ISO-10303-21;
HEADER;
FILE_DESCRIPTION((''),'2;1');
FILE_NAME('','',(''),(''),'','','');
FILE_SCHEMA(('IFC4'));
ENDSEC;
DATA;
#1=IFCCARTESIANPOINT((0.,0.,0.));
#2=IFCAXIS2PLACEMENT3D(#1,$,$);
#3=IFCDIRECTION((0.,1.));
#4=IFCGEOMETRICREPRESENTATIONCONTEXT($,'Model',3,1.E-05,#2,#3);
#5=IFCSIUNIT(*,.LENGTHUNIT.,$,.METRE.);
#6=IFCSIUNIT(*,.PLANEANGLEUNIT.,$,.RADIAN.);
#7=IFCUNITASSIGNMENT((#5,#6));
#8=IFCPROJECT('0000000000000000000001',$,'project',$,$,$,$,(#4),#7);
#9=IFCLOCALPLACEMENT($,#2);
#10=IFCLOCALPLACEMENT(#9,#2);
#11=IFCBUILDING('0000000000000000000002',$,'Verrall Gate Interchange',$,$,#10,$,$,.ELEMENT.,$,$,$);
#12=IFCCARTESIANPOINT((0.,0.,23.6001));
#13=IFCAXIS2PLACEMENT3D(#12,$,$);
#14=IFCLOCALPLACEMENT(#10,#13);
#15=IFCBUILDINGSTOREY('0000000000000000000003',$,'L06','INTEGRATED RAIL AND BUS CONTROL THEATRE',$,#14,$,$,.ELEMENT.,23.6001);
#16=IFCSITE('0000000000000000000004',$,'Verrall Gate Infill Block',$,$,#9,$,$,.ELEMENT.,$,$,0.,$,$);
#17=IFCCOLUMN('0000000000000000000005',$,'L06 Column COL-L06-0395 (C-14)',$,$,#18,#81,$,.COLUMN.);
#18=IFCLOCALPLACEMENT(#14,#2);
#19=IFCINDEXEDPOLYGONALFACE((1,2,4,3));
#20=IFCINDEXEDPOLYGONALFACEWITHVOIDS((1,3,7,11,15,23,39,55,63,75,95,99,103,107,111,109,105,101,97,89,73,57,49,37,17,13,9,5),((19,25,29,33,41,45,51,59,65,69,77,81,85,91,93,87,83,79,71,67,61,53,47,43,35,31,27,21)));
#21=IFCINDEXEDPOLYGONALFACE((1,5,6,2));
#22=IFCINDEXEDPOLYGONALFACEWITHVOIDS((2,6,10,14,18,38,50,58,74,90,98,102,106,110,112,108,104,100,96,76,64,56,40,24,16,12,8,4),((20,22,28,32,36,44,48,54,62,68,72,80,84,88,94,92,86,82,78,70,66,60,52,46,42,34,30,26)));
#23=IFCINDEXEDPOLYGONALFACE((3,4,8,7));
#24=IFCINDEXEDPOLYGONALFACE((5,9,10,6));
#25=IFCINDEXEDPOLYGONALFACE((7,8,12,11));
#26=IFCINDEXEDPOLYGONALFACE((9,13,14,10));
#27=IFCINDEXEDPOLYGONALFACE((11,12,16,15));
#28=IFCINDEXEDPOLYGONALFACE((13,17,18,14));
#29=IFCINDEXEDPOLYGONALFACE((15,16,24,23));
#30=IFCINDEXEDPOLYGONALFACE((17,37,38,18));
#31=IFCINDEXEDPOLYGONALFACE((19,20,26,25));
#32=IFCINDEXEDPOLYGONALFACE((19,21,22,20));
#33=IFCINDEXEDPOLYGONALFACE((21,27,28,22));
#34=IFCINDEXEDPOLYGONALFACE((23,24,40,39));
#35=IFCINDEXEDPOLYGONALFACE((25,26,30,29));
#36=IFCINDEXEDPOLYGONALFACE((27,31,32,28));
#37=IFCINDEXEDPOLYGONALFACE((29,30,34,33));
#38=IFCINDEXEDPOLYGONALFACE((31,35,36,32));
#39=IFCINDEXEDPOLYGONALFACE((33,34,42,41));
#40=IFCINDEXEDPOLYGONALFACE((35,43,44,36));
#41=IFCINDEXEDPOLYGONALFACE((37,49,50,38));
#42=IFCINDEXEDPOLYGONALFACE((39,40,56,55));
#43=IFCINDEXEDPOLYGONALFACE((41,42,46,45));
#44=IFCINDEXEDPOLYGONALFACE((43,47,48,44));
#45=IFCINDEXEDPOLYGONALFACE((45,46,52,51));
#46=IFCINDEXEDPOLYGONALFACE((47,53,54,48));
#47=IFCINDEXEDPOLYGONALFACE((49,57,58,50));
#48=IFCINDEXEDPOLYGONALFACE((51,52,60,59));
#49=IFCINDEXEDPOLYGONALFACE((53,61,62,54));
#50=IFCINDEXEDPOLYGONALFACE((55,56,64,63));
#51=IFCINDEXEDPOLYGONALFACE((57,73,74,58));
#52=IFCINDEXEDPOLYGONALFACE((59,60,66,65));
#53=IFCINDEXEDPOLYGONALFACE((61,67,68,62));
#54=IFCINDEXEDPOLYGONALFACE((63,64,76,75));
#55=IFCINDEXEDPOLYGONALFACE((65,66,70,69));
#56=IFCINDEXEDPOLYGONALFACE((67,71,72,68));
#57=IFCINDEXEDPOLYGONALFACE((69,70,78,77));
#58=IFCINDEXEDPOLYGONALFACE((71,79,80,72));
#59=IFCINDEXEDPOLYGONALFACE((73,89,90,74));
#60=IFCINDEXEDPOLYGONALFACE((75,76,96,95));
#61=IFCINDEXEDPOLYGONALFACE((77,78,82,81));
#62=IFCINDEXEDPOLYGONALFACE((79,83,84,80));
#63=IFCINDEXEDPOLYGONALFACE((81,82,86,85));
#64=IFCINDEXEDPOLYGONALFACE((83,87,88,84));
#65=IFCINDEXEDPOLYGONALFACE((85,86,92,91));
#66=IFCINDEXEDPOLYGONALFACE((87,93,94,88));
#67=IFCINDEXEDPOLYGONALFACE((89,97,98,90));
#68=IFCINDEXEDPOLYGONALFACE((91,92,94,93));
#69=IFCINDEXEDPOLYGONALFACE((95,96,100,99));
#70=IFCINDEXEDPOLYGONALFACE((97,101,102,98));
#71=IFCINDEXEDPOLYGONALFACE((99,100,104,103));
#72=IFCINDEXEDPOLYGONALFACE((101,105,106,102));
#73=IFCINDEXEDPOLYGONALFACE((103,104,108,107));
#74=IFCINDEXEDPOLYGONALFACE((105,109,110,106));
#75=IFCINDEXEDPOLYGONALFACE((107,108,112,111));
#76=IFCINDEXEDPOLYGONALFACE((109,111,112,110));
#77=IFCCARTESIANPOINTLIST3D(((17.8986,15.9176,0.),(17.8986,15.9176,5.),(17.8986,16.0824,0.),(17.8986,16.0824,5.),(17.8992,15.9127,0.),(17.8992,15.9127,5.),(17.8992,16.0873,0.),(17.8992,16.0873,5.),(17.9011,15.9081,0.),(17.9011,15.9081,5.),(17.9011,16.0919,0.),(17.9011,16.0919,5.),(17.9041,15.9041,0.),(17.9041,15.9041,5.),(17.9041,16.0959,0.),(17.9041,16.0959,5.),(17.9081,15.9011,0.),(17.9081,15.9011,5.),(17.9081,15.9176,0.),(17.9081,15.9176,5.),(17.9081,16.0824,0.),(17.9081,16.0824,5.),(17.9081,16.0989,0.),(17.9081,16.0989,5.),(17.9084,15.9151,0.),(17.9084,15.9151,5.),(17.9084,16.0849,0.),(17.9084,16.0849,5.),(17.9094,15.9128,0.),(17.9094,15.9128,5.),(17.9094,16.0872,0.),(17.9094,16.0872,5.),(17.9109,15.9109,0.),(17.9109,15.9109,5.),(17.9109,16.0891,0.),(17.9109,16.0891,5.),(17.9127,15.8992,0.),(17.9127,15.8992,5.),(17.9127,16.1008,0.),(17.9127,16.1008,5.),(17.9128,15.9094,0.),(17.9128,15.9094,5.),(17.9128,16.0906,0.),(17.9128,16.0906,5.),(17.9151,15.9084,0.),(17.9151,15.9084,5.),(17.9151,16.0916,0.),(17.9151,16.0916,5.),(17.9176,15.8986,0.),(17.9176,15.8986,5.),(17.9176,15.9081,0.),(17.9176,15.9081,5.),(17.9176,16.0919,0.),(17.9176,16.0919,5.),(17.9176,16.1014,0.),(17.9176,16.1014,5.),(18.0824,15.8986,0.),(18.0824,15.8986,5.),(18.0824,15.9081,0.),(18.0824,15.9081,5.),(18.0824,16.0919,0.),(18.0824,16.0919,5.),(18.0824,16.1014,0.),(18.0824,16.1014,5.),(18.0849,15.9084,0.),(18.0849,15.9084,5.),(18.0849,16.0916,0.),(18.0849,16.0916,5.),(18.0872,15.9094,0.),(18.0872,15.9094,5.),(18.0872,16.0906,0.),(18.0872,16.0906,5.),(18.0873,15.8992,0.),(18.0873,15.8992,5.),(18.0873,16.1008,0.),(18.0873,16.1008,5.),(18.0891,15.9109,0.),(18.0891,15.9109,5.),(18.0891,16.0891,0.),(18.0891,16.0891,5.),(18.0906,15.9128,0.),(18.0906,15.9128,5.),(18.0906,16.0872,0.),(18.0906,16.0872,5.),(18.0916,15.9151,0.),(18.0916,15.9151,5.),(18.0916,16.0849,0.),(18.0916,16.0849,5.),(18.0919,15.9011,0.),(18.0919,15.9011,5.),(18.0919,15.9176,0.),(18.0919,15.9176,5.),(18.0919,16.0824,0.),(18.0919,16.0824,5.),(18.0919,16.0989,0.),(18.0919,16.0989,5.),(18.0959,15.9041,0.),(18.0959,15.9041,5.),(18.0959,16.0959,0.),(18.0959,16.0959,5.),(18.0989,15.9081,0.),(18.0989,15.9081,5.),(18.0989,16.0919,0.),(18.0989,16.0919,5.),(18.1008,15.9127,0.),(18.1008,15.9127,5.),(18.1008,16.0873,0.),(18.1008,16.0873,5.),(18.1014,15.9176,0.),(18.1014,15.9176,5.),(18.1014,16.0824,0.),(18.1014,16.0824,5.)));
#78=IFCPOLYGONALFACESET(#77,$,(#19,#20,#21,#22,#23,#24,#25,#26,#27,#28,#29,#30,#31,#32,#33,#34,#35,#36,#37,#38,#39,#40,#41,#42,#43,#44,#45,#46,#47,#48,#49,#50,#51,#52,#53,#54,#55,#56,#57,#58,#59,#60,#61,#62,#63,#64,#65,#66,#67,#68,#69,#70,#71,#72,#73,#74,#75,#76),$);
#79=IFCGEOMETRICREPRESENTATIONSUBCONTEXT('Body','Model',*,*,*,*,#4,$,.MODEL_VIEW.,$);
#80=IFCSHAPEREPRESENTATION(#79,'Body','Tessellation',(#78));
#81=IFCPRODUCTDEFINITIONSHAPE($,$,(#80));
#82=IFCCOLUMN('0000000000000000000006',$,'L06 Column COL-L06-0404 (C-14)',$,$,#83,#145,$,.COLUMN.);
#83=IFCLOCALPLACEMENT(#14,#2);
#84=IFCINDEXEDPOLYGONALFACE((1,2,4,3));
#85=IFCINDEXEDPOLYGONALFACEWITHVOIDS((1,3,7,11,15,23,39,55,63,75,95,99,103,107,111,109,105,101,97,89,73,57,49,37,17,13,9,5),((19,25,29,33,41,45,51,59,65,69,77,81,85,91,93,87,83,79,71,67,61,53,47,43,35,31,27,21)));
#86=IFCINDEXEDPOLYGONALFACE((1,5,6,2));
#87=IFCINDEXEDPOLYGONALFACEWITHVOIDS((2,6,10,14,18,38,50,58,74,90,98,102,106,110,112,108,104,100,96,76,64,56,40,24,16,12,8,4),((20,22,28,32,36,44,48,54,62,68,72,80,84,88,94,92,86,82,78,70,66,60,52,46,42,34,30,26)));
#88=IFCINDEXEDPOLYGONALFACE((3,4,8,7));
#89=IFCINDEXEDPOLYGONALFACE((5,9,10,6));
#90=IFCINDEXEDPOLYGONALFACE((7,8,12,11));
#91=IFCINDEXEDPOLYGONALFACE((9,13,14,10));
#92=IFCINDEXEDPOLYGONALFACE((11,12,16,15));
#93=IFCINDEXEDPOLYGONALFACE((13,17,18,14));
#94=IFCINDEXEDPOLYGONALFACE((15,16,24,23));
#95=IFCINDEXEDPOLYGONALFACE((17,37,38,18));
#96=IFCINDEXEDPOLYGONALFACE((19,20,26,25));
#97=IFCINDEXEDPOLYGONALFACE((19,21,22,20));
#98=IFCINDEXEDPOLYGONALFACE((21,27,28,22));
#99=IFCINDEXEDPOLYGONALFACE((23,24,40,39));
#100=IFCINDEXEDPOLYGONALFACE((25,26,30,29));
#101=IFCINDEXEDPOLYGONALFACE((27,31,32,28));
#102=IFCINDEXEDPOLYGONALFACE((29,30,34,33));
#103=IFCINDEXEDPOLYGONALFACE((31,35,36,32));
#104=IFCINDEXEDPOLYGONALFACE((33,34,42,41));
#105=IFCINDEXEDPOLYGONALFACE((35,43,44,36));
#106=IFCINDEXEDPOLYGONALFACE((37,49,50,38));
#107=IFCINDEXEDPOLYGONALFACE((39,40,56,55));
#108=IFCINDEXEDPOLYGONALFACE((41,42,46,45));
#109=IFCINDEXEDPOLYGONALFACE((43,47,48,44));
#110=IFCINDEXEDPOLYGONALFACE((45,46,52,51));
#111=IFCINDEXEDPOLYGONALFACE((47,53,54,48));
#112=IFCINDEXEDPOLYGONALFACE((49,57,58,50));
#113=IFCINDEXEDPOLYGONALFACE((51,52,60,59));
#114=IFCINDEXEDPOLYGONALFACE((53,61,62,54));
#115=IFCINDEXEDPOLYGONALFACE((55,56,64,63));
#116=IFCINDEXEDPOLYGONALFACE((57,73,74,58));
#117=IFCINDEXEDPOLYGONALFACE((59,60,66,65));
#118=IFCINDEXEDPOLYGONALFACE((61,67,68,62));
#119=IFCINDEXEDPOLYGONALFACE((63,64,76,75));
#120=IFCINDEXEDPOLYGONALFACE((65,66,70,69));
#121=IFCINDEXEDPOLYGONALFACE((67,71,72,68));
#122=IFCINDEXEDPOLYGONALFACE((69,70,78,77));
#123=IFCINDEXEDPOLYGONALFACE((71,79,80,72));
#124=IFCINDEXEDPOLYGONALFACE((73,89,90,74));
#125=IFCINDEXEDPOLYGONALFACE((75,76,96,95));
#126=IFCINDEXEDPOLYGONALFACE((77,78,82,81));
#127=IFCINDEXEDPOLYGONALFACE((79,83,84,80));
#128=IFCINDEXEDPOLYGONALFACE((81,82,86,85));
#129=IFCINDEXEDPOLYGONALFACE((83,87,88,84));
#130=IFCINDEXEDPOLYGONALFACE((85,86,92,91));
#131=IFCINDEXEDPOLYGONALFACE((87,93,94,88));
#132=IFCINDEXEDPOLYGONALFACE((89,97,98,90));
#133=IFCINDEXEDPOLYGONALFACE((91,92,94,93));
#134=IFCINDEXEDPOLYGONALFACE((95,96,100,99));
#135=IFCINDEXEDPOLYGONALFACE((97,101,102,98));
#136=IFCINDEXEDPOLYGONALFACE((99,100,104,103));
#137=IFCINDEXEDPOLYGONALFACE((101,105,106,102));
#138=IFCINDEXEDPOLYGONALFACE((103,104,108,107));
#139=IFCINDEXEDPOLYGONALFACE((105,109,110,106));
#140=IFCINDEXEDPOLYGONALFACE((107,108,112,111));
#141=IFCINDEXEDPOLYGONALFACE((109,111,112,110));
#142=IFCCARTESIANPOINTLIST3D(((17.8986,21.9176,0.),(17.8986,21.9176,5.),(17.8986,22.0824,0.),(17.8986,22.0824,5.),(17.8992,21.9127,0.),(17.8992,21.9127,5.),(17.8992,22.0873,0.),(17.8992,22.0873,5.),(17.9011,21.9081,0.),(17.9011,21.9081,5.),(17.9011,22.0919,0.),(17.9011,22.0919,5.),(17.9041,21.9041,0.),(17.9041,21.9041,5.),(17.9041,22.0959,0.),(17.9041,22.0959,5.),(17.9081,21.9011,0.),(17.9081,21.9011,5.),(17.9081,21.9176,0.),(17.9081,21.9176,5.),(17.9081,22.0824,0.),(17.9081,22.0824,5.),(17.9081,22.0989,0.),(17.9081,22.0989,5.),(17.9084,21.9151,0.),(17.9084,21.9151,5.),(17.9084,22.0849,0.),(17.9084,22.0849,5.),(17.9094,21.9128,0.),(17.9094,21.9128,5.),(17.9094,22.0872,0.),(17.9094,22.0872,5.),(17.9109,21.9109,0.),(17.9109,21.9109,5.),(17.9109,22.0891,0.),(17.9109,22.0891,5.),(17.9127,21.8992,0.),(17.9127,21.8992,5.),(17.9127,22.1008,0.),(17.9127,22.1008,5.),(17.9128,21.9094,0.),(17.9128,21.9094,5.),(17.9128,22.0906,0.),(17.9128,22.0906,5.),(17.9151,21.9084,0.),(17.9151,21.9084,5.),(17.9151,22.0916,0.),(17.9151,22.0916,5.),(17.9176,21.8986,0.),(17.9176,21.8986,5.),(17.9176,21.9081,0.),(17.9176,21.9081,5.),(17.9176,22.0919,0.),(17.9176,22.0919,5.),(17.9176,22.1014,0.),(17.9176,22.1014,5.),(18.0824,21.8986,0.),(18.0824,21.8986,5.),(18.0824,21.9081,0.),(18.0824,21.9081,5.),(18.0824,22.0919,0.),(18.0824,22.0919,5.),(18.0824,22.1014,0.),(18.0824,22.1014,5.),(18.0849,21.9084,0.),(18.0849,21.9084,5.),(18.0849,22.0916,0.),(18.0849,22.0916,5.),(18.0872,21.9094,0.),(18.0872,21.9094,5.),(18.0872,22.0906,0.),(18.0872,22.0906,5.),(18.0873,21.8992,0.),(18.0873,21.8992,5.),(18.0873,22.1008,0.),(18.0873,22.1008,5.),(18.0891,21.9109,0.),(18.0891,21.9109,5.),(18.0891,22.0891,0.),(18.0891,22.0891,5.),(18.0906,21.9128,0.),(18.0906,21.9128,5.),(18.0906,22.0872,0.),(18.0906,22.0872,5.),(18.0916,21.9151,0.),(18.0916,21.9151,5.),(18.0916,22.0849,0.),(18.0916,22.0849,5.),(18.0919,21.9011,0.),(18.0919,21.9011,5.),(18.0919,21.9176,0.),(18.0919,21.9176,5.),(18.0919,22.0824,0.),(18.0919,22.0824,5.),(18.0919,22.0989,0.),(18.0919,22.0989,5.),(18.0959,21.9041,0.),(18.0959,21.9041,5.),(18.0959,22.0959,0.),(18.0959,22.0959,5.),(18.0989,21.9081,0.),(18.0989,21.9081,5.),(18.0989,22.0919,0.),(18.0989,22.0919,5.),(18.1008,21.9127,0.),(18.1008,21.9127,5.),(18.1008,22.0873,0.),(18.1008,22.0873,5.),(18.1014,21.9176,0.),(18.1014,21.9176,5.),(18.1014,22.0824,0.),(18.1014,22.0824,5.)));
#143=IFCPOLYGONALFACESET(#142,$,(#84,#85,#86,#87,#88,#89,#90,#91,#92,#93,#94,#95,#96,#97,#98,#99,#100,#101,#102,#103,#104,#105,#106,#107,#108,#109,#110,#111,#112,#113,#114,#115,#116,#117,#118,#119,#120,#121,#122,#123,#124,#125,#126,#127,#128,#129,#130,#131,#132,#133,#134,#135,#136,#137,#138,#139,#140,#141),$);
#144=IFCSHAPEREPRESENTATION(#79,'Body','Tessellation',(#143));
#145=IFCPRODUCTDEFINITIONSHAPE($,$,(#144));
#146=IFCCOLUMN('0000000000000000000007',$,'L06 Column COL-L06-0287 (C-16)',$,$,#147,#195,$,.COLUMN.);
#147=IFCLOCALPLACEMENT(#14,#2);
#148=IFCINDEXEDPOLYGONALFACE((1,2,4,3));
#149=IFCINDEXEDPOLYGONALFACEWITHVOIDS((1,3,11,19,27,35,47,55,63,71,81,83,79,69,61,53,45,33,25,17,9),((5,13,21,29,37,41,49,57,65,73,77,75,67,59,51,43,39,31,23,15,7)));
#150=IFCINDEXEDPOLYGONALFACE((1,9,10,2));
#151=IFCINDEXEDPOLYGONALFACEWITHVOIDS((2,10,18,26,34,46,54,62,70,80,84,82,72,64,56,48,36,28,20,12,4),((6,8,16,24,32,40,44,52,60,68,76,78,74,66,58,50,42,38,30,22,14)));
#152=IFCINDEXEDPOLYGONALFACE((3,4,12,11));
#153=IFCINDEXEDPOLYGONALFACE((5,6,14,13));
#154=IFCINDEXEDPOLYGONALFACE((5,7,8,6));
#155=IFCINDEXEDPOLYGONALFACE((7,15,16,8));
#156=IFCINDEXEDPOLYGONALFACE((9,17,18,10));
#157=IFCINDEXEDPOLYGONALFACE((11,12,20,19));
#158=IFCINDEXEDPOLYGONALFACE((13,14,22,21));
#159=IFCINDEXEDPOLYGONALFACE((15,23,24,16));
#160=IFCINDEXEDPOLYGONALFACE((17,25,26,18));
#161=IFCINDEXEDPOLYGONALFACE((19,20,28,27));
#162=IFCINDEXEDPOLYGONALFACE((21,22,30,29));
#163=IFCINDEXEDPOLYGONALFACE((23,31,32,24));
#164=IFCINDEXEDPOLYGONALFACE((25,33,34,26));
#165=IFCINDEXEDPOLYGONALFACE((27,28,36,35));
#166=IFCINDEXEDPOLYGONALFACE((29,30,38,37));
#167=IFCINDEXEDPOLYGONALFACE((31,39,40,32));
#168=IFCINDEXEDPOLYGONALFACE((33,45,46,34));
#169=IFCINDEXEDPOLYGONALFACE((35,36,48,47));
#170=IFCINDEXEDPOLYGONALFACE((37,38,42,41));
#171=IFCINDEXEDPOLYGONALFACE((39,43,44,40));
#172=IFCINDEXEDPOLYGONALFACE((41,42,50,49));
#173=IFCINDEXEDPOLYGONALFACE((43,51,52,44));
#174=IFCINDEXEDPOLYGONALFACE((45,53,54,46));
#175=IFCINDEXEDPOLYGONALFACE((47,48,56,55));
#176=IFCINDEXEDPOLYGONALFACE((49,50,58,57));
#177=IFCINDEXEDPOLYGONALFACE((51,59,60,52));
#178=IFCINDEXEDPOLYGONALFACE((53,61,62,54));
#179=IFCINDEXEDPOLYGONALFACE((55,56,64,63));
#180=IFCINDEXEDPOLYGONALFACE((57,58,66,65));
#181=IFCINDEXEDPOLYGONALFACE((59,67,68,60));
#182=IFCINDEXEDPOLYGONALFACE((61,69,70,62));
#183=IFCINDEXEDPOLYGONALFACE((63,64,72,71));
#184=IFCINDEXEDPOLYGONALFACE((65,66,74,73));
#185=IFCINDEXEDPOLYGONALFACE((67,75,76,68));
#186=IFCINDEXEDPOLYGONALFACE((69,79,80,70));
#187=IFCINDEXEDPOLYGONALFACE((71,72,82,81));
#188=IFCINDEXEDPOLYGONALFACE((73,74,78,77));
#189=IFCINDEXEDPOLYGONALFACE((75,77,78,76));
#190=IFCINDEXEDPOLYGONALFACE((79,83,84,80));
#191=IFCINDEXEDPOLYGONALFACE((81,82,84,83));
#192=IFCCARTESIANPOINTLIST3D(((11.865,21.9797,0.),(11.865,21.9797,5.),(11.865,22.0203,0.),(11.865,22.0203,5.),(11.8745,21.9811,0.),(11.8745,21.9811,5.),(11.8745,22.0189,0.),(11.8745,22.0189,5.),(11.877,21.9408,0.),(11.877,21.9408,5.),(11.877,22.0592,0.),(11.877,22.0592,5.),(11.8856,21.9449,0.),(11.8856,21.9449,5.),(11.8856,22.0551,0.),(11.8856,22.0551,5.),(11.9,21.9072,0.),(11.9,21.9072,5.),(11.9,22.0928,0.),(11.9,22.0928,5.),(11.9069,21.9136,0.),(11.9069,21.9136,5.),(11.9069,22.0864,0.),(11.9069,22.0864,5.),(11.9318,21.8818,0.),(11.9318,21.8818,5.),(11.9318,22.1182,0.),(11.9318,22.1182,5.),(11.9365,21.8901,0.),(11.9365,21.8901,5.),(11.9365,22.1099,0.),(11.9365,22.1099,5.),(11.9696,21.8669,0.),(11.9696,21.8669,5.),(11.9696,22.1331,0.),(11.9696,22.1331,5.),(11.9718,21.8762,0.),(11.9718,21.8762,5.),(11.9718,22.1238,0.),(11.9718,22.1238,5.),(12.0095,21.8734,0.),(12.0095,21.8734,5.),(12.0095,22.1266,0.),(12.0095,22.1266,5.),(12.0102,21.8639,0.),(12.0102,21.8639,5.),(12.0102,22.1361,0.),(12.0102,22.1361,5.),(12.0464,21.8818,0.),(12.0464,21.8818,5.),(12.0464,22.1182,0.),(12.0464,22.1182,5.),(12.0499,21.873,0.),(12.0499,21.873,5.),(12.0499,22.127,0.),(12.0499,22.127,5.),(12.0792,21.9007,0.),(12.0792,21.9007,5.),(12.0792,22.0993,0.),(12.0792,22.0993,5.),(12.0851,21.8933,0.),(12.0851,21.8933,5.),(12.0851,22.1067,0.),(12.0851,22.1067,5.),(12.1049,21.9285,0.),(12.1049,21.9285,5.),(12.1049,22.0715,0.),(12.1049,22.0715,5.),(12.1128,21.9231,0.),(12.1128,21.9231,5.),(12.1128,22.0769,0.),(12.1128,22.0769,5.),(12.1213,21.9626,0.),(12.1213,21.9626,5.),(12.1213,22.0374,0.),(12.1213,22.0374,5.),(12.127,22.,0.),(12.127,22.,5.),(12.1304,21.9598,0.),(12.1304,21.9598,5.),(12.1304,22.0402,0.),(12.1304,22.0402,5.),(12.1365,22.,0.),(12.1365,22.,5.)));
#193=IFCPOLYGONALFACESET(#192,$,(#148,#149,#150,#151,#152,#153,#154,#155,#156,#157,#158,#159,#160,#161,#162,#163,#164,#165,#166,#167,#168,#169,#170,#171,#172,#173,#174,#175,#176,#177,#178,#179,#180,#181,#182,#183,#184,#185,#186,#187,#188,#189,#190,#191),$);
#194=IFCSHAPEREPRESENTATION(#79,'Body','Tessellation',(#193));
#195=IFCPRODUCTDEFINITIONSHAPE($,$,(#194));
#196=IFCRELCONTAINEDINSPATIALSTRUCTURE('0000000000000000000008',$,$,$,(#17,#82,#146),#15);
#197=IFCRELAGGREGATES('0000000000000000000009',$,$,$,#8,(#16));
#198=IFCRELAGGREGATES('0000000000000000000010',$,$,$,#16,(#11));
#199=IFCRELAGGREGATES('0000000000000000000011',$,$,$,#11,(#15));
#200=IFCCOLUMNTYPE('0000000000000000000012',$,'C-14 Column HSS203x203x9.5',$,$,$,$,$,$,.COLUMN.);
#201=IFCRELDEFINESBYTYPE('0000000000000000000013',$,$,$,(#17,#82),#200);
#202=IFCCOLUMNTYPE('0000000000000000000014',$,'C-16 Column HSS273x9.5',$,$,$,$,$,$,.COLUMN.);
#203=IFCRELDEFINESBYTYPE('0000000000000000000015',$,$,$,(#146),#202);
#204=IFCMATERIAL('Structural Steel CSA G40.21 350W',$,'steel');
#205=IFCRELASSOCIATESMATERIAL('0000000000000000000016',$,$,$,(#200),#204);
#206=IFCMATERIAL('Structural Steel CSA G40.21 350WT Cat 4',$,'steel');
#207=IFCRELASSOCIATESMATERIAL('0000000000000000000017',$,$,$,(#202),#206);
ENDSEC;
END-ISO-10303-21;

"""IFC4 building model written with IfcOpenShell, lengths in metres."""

from ifc_helpers import new_model, si_unit, direction, frame, origin, origin_2d, place, context, subcontext, project, spatial, hollow_rectangle, hollow_circle, extrude, material, material_profile, profile_set, type_object, element, save


model = new_model("IFC4")

# Units and contexts
model_context = context("Model", 3, precision=1e-05, world=origin(), true_north=direction((0.0, 1.0)))
body_context = subcontext(model_context, "Body", "Model", "MODEL_VIEW")
ifc_project = project(units=[si_unit("LENGTHUNIT", "METRE"), si_unit("PLANEANGLEUNIT", "RADIAN")], contexts=[model_context])

# Site, building, storey
site_placement = place(None, origin())
site = spatial("IfcSite", under=ifc_project, at=site_placement, Name="Verrall Gate Infill Block", CompositionType="ELEMENT", RefElevation=0.0)
building_placement = place(site_placement, origin())
building = spatial("IfcBuilding", under=site, at=building_placement, Name="Verrall Gate Interchange", CompositionType="ELEMENT")
storey_placement = place(building_placement, frame((0.0, 0.0, 23.6001)))
storey = spatial("IfcBuildingStorey", under=building, at=storey_placement, Name="L06", Description="INTEGRATED RAIL AND BUS CONTROL THEATRE", CompositionType="ELEMENT", Elevation=23.6001)

# Columns
ifc_material_1 = material(Name="Structural Steel CSA G40.21 350W", Category="steel")
ifc_material_profile_1 = material_profile(ifc_material_1, hollow_rectangle(XDim=0.2029, YDim=0.2029, WallThickness=0.0095, InnerFilletRadius=0.0095, OuterFilletRadius=0.019, at=origin_2d()), Name="HSS203x203x9.5")
ifc_profile_set_1 = profile_set([ifc_material_profile_1], Name="Structural Steel CSA G40.21 350W")
column_type_1 = type_object("IfcColumnType", Name="C-14 Column HSS203x203x9.5", PredefinedType="COLUMN", material=ifc_profile_set_1)
for number, where, z_axis, x_axis, name in (
    (1, (18.0, 16.0, 0.0), (0.0, 0.0, 1.0), (1.0, 0.0, 0.0), "L06 Column COL-L06-0395 (C-14)"),
    (2, (18.0, 22.0, 0.0), (0.0, 0.0, 1.0), (1.0, 0.0, 0.0), "L06 Column COL-L06-0404 (C-14)"),
):
    element("IfcColumn", number, at=place(storey_placement, frame(where, z_axis=z_axis, x_axis=x_axis)), inside=storey, type_object=column_type_1, Name=name, PredefinedType="COLUMN", context=body_context, shape_type="SweptSolid", body=[
        extrude(hollow_rectangle(XDim=0.2029, YDim=0.2029, WallThickness=0.0095, InnerFilletRadius=0.0095, OuterFilletRadius=0.019, at=origin_2d()), origin(), (0.0, 0.0, 1.0), 5.0),
    ])
ifc_material_2 = material(Name="Structural Steel CSA G40.21 350WT Cat 4", Category="steel")
ifc_material_profile_2 = material_profile(ifc_material_2, hollow_circle(Radius=0.1365, WallThickness=0.0095, at=origin_2d()), Name="HSS273x9.5")
ifc_profile_set_2 = profile_set([ifc_material_profile_2], Name="Structural Steel CSA G40.21 350WT Cat 4")
column_type_2 = type_object("IfcColumnType", Name="C-16 Column HSS273x9.5", PredefinedType="COLUMN", material=ifc_profile_set_2)
column_placement = place(storey_placement, frame((12.0, 22.0, 0.0), z_axis=(0.0, 0.0, 1.0), x_axis=(1.0, 0.0, 0.0)))
element("IfcColumn", 3, at=column_placement, inside=storey, type_object=column_type_2, Name="L06 Column COL-L06-0287 (C-16)", PredefinedType="COLUMN", context=body_context, shape_type="SweptSolid", body=[
    extrude(hollow_circle(Radius=0.1365, WallThickness=0.0095, at=origin_2d()), origin(), (0.0, 0.0, 1.0), 5.0),
])

save(model, "model.ifc")
